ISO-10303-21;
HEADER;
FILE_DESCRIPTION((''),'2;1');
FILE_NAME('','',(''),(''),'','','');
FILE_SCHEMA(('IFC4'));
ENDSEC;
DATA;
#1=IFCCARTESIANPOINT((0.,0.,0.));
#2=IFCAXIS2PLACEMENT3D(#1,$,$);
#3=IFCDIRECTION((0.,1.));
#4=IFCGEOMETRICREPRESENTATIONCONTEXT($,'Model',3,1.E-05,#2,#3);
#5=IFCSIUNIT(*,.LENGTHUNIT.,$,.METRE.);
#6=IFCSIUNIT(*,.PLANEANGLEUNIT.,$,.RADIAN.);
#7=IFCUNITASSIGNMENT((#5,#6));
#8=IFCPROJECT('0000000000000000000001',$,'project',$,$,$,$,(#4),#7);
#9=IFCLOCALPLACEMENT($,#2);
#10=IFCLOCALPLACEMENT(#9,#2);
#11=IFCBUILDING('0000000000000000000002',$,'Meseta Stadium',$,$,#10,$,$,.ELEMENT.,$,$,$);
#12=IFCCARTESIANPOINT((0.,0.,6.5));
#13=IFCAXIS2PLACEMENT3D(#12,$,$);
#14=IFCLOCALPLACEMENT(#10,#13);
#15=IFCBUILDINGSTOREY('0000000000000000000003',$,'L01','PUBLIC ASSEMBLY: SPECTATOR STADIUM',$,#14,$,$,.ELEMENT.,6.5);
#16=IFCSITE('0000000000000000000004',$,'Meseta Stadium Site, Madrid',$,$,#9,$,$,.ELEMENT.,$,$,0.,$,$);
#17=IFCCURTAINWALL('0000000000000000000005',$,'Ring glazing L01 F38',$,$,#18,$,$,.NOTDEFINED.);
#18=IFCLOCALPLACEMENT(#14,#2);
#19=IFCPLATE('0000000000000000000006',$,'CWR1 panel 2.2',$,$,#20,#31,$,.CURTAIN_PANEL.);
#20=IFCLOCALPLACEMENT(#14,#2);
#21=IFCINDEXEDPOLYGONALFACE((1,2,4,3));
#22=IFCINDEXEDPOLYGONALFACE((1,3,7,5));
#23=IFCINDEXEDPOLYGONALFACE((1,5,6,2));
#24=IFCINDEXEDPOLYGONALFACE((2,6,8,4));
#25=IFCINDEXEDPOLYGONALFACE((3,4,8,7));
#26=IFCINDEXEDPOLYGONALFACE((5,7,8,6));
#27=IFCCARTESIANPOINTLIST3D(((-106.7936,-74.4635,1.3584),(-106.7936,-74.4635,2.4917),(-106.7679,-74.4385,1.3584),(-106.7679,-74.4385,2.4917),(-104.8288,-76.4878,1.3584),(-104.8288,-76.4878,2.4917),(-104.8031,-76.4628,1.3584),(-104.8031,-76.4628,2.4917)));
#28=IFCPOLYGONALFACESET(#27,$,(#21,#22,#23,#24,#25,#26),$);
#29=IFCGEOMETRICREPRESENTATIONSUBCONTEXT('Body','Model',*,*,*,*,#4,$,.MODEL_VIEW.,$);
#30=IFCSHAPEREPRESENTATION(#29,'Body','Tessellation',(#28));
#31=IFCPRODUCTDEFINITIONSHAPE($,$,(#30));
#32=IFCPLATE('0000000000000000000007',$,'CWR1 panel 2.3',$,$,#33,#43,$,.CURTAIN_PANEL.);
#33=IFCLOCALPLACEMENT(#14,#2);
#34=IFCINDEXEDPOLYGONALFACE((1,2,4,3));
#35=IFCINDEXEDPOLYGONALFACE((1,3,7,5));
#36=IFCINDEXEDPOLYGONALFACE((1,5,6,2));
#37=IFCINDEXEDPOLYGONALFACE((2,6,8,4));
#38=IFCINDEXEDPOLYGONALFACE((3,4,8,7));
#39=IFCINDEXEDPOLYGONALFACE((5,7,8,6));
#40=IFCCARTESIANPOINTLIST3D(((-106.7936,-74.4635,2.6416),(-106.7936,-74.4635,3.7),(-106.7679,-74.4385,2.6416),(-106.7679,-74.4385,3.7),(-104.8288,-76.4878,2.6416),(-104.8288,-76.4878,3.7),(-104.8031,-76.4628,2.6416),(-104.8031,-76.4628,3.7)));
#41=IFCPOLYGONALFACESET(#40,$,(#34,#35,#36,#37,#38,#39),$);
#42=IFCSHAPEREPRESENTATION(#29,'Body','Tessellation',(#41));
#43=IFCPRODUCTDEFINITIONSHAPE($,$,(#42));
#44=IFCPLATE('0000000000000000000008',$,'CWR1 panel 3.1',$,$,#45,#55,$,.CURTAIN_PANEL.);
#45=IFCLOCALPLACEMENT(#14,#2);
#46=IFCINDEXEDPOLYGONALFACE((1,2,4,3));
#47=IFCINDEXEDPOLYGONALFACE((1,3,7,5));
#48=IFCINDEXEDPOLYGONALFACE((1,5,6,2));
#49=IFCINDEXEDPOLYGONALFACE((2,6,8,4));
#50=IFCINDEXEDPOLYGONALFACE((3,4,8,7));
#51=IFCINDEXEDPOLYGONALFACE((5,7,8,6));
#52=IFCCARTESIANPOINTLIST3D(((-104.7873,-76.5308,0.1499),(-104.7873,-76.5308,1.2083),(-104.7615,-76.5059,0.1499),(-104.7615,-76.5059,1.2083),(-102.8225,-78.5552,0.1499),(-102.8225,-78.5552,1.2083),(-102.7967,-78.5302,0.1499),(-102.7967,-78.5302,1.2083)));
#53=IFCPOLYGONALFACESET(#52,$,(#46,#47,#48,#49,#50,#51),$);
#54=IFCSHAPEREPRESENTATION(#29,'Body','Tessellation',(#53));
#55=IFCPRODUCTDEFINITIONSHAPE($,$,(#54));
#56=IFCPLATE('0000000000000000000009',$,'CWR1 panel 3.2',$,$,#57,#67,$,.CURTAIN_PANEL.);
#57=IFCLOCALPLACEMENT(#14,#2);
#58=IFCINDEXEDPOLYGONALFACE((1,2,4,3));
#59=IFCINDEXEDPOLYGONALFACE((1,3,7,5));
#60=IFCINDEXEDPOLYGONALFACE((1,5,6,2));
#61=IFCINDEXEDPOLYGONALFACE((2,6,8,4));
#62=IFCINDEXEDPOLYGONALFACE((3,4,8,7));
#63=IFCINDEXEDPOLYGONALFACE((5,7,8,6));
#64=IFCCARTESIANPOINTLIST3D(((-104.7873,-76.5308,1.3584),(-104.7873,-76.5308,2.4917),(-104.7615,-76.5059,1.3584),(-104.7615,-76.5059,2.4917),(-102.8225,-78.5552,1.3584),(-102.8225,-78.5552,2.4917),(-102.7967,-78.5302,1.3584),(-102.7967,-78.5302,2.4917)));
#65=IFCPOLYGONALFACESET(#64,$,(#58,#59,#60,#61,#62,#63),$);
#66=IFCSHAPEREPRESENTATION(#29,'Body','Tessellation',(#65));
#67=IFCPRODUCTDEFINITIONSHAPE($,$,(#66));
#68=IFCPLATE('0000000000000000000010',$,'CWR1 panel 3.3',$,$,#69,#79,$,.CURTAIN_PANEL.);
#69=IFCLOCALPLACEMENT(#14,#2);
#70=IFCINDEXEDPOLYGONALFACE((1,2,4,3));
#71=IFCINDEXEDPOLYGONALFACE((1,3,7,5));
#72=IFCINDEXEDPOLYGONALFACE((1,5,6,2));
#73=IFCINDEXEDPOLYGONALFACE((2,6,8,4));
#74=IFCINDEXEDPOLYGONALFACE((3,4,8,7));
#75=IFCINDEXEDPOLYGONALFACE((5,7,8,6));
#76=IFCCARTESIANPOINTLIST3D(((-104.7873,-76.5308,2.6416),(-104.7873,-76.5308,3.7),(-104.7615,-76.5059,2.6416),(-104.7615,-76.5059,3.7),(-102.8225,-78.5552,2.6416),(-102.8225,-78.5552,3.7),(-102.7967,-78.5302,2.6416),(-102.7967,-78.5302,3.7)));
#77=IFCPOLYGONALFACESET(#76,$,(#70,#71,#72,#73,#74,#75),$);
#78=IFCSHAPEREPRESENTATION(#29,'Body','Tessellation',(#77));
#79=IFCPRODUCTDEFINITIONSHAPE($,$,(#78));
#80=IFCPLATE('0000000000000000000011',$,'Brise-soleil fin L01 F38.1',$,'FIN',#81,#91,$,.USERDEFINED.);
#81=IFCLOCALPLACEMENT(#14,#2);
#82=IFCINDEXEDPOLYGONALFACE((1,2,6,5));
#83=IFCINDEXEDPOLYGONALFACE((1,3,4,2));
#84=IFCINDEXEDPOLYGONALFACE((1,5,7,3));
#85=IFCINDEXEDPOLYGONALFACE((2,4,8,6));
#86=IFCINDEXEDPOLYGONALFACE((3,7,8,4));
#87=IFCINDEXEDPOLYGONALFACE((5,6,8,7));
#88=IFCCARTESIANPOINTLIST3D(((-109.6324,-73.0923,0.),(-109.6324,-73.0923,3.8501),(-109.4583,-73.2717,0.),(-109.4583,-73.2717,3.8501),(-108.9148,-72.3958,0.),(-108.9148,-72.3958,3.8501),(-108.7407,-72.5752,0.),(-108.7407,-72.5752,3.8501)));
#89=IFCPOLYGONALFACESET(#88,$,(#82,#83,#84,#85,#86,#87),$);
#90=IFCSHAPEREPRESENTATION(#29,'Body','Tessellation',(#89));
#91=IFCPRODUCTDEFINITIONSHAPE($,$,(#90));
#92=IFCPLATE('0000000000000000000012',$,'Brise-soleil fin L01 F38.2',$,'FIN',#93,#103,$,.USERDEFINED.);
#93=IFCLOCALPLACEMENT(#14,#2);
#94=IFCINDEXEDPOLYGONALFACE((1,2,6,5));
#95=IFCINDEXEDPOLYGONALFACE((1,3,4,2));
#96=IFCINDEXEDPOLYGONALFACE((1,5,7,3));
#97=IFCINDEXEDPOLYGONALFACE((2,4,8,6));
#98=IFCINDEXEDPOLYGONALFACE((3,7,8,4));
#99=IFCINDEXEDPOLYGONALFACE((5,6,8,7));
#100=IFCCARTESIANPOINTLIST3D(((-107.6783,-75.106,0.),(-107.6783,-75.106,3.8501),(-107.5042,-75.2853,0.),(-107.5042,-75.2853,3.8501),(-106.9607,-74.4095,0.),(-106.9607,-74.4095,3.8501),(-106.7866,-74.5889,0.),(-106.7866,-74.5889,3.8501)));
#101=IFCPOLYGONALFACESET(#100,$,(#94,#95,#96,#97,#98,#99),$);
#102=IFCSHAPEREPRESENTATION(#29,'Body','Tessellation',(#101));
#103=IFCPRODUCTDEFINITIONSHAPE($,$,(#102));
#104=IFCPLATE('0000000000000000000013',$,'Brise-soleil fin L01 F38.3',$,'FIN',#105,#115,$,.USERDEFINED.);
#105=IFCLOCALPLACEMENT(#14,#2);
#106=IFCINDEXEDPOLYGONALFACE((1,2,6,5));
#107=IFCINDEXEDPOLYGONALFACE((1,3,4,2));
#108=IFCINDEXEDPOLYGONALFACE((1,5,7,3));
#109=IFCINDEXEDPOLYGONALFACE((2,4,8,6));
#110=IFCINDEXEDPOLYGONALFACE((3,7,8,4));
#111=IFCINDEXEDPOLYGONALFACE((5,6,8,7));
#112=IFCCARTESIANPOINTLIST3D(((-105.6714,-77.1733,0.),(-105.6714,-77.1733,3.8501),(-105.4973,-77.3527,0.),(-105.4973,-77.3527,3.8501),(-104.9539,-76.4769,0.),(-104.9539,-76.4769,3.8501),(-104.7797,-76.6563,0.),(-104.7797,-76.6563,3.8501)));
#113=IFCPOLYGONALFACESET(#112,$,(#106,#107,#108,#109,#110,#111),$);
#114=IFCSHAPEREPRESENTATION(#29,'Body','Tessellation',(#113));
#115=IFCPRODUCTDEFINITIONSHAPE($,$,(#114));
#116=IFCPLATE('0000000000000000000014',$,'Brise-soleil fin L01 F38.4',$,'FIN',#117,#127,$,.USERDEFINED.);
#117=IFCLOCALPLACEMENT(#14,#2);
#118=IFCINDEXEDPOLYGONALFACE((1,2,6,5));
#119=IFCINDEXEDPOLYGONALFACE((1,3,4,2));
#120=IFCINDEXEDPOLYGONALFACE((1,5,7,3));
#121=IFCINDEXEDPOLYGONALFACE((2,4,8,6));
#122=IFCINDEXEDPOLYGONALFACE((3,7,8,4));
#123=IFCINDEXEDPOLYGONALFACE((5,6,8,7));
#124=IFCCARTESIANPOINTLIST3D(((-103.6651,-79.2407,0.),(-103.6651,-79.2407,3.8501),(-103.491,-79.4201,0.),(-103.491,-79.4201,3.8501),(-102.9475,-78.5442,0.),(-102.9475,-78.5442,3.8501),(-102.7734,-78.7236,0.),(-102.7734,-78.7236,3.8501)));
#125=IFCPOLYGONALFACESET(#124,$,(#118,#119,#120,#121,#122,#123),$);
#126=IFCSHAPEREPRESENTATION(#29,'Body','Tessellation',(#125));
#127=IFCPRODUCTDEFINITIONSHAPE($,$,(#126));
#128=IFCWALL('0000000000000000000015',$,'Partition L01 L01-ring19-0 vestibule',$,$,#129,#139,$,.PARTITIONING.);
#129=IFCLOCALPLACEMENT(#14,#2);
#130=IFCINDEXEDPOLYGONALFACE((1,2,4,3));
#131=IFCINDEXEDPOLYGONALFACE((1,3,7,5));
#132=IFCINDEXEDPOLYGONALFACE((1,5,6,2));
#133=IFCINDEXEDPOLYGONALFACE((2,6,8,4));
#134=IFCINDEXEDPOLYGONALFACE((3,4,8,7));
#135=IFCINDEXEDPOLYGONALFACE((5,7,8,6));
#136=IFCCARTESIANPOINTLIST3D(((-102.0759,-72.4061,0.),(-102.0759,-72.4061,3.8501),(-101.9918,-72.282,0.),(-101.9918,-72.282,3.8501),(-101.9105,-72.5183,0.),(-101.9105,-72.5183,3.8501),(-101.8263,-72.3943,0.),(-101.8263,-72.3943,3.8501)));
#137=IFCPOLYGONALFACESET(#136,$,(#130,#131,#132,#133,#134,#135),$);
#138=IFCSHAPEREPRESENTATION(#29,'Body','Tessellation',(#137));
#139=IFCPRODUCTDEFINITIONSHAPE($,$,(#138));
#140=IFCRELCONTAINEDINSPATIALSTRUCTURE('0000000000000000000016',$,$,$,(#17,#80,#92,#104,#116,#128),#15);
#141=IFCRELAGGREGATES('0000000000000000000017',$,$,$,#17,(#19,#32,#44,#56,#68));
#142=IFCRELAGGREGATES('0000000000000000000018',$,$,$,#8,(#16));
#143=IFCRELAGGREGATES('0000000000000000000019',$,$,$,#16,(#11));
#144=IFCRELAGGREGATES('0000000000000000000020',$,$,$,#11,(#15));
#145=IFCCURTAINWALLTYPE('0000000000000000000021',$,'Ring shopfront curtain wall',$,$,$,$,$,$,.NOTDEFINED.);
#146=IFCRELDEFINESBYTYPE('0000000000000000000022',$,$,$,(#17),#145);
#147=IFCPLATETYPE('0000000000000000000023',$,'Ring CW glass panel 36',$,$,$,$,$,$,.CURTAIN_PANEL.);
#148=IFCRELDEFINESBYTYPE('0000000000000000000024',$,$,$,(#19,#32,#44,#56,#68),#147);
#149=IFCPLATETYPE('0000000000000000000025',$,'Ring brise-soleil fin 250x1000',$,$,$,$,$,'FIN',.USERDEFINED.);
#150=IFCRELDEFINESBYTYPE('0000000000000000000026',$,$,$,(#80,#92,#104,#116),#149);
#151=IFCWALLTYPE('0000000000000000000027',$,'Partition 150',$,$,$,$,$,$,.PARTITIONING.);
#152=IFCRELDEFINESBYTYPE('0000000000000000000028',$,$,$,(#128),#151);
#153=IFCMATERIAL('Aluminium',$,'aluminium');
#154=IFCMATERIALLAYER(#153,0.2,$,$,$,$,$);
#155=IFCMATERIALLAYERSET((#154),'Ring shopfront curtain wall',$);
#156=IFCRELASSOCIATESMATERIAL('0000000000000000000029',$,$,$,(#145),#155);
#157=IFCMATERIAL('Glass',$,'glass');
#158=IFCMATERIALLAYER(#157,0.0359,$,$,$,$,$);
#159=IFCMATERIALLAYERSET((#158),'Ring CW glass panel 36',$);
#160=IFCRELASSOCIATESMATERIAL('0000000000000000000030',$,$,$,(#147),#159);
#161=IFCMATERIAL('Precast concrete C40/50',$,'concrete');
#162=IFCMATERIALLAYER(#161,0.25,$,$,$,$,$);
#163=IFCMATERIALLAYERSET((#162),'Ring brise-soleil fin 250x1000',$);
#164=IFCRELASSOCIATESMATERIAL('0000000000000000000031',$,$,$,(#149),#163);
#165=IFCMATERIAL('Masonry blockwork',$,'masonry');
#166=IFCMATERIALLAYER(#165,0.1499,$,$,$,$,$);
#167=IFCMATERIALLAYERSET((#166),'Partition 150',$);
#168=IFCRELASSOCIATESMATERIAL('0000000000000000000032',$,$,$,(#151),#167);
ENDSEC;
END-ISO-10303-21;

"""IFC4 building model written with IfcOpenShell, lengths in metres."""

from ifc_helpers import new_model, si_unit, direction, frame, frame_2d, origin, origin_2d, place, context, subcontext, project, spatial, rectangle, extrude, material, layer, layer_set, type_object, element, aggregate, save


model = new_model("IFC4")

# Units and contexts
model_context = context("Model", 3, precision=1e-05, world=origin(), true_north=direction((0.0, 1.0)))
body_context = subcontext(model_context, "Body", "Model", "MODEL_VIEW")
ifc_project = project(units=[si_unit("LENGTHUNIT", "METRE"), si_unit("PLANEANGLEUNIT", "RADIAN")], contexts=[model_context])

# Site, building, storey
site_placement = place(None, origin())
site = spatial("IfcSite", under=ifc_project, at=site_placement, Name="Meseta Stadium Site, Madrid", CompositionType="ELEMENT", RefElevation=0.0)
building_placement = place(site_placement, origin())
building = spatial("IfcBuilding", under=site, at=building_placement, Name="Meseta Stadium", CompositionType="ELEMENT")
storey_placement = place(building_placement, frame((0.0, 0.0, 6.5)))
storey = spatial("IfcBuildingStorey", under=building, at=storey_placement, Name="L01", Description="PUBLIC ASSEMBLY: SPECTATOR STADIUM", CompositionType="ELEMENT", Elevation=6.5)

# Curtain wall, plates
ifc_material_1 = material(Name="Aluminium", Category="aluminium")
ifc_layer_1 = layer(ifc_material_1, 0.2)
ifc_layer_set_1 = layer_set([ifc_layer_1], Name="Ring shopfront curtain wall")
curtain_wall_type = type_object("IfcCurtainWallType", Name="Ring shopfront curtain wall", PredefinedType="NOTDEFINED", material=ifc_layer_set_1)
curtain_wall_placement = place(storey_placement, origin())
curtain_wall = element("IfcCurtainWall", 1, at=curtain_wall_placement, inside=storey, type_object=curtain_wall_type, Name="Ring glazing L01 F38", PredefinedType="NOTDEFINED")
ifc_material_2 = material(Name="Glass", Category="glass")
ifc_layer_2 = layer(ifc_material_2, 0.0359)
ifc_layer_set_2 = layer_set([ifc_layer_2], Name="Ring CW glass panel 36")
plate_type_1 = type_object("IfcPlateType", Name="Ring CW glass panel 36", PredefinedType="CURTAIN_PANEL", material=ifc_layer_set_2)
plate_1_placement = place(storey_placement, frame((-105.7983, -75.4631, 1.3584), z_axis=(0.0, 0.0, 1.0), x_axis=(0.696473, -0.717583, 0.0)))
plate_1 = element("IfcPlate", 2, at=plate_1_placement, type_object=plate_type_1, Name="CWR1 panel 2.2", PredefinedType="CURTAIN_PANEL", context=body_context, shape_type="SweptSolid", body=[
    extrude(rectangle(XDim=2.821, YDim=0.0359, at=origin_2d()), origin(), (0.0, 0.0, 1.0), 1.1333),
])
plate_2_placement = place(storey_placement, frame((-105.7983, -75.4631, 2.6416), z_axis=(0.0, 0.0, 1.0), x_axis=(0.696473, -0.717583, 0.0)))
plate_2 = element("IfcPlate", 3, at=plate_2_placement, type_object=plate_type_1, Name="CWR1 panel 2.3", PredefinedType="CURTAIN_PANEL", context=body_context, shape_type="SweptSolid", body=[
    extrude(rectangle(XDim=2.821, YDim=0.0359, at=origin_2d()), origin(), (0.0, 0.0, 1.0), 1.0583),
])
plate_3_placement = place(storey_placement, frame((-103.792, -77.5305, 0.1499), z_axis=(0.0, 0.0, 1.0), x_axis=(0.696473, -0.717583, 0.0)))
plate_3 = element("IfcPlate", 4, at=plate_3_placement, type_object=plate_type_1, Name="CWR1 panel 3.1", PredefinedType="CURTAIN_PANEL", context=body_context, shape_type="SweptSolid", body=[
    extrude(rectangle(XDim=2.821, YDim=0.0359, at=origin_2d()), origin(), (0.0, 0.0, 1.0), 1.0583),
])
plate_4_placement = place(storey_placement, frame((-103.792, -77.5305, 1.3584), z_axis=(0.0, 0.0, 1.0), x_axis=(0.696473, -0.717583, 0.0)))
plate_4 = element("IfcPlate", 5, at=plate_4_placement, type_object=plate_type_1, Name="CWR1 panel 3.2", PredefinedType="CURTAIN_PANEL", context=body_context, shape_type="SweptSolid", body=[
    extrude(rectangle(XDim=2.821, YDim=0.0359, at=origin_2d()), origin(), (0.0, 0.0, 1.0), 1.1333),
])
plate_5_placement = place(storey_placement, frame((-103.792, -77.5305, 2.6416), z_axis=(0.0, 0.0, 1.0), x_axis=(0.696473, -0.717583, 0.0)))
plate_5 = element("IfcPlate", 6, at=plate_5_placement, type_object=plate_type_1, Name="CWR1 panel 3.3", PredefinedType="CURTAIN_PANEL", context=body_context, shape_type="SweptSolid", body=[
    extrude(rectangle(XDim=2.821, YDim=0.0359, at=origin_2d()), origin(), (0.0, 0.0, 1.0), 1.0583),
])
aggregate(curtain_wall, [plate_1, plate_2, plate_3, plate_4, plate_5])

# Plates
ifc_material_3 = material(Name="Precast concrete C40/50", Category="concrete")
ifc_layer_3 = layer(ifc_material_3, 0.25)
ifc_layer_set_3 = layer_set([ifc_layer_3], Name="Ring brise-soleil fin 250x1000")
plate_type_2 = type_object("IfcPlateType", Name="Ring brise-soleil fin 250x1000", ElementType="FIN", PredefinedType="USERDEFINED", material=ifc_layer_set_3)
for number, where, z_axis, x_axis, name in (
    (7, (-109.1865, -72.8337, 0.0), (0.0, 0.0, 1.0), (0.696475, -0.717581, 0.0), "Brise-soleil fin L01 F38.1"),
    (8, (-107.2324, -74.8474, 0.0), (0.0, 0.0, 1.0), (0.696475, -0.717581, 0.0), "Brise-soleil fin L01 F38.2"),
    (9, (-105.2256, -76.9148, 0.0), (0.0, 0.0, 1.0), (0.696475, -0.717581, 0.0), "Brise-soleil fin L01 F38.3"),
    (10, (-103.2192, -78.9822, 0.0), (0.0, 0.0, 1.0), (0.696475, -0.717581, 0.0), "Brise-soleil fin L01 F38.4"),
):
    element("IfcPlate", number, at=place(storey_placement, frame(where, z_axis=z_axis, x_axis=x_axis)), inside=storey, type_object=plate_type_2, Name=name, ObjectType="FIN", PredefinedType="USERDEFINED", context=body_context, shape_type="SweptSolid", body=[
        extrude(rectangle(XDim=0.25, YDim=1.0, at=origin_2d()), origin(), (0.0, 0.0, 1.0), 3.8501),
    ])

# Wall
ifc_material_4 = material(Name="Masonry blockwork", Category="masonry")
ifc_layer_4 = layer(ifc_material_4, 0.1499)
ifc_layer_set_4 = layer_set([ifc_layer_4], Name="Partition 150")
wall_type = type_object("IfcWallType", Name="Partition 150", PredefinedType="PARTITIONING", material=ifc_layer_set_4)
wall_placement = place(storey_placement, frame((-102.0339, -72.344, 0.0), z_axis=(0.0, 0.0, 1.0), x_axis=(0.827516, -0.561442, 0.0)))
element("IfcWall", 11, at=wall_placement, inside=storey, type_object=wall_type, Name="Partition L01 L01-ring19-0 vestibule", PredefinedType="PARTITIONING", context=body_context, shape_type="SweptSolid", body=[
    extrude(rectangle(XDim=0.2, YDim=0.1499, at=frame_2d((0.1001, 0.0))), origin(), (0.0, 0.0, 1.0), 3.8501),
])

save(model, "model.ifc")
